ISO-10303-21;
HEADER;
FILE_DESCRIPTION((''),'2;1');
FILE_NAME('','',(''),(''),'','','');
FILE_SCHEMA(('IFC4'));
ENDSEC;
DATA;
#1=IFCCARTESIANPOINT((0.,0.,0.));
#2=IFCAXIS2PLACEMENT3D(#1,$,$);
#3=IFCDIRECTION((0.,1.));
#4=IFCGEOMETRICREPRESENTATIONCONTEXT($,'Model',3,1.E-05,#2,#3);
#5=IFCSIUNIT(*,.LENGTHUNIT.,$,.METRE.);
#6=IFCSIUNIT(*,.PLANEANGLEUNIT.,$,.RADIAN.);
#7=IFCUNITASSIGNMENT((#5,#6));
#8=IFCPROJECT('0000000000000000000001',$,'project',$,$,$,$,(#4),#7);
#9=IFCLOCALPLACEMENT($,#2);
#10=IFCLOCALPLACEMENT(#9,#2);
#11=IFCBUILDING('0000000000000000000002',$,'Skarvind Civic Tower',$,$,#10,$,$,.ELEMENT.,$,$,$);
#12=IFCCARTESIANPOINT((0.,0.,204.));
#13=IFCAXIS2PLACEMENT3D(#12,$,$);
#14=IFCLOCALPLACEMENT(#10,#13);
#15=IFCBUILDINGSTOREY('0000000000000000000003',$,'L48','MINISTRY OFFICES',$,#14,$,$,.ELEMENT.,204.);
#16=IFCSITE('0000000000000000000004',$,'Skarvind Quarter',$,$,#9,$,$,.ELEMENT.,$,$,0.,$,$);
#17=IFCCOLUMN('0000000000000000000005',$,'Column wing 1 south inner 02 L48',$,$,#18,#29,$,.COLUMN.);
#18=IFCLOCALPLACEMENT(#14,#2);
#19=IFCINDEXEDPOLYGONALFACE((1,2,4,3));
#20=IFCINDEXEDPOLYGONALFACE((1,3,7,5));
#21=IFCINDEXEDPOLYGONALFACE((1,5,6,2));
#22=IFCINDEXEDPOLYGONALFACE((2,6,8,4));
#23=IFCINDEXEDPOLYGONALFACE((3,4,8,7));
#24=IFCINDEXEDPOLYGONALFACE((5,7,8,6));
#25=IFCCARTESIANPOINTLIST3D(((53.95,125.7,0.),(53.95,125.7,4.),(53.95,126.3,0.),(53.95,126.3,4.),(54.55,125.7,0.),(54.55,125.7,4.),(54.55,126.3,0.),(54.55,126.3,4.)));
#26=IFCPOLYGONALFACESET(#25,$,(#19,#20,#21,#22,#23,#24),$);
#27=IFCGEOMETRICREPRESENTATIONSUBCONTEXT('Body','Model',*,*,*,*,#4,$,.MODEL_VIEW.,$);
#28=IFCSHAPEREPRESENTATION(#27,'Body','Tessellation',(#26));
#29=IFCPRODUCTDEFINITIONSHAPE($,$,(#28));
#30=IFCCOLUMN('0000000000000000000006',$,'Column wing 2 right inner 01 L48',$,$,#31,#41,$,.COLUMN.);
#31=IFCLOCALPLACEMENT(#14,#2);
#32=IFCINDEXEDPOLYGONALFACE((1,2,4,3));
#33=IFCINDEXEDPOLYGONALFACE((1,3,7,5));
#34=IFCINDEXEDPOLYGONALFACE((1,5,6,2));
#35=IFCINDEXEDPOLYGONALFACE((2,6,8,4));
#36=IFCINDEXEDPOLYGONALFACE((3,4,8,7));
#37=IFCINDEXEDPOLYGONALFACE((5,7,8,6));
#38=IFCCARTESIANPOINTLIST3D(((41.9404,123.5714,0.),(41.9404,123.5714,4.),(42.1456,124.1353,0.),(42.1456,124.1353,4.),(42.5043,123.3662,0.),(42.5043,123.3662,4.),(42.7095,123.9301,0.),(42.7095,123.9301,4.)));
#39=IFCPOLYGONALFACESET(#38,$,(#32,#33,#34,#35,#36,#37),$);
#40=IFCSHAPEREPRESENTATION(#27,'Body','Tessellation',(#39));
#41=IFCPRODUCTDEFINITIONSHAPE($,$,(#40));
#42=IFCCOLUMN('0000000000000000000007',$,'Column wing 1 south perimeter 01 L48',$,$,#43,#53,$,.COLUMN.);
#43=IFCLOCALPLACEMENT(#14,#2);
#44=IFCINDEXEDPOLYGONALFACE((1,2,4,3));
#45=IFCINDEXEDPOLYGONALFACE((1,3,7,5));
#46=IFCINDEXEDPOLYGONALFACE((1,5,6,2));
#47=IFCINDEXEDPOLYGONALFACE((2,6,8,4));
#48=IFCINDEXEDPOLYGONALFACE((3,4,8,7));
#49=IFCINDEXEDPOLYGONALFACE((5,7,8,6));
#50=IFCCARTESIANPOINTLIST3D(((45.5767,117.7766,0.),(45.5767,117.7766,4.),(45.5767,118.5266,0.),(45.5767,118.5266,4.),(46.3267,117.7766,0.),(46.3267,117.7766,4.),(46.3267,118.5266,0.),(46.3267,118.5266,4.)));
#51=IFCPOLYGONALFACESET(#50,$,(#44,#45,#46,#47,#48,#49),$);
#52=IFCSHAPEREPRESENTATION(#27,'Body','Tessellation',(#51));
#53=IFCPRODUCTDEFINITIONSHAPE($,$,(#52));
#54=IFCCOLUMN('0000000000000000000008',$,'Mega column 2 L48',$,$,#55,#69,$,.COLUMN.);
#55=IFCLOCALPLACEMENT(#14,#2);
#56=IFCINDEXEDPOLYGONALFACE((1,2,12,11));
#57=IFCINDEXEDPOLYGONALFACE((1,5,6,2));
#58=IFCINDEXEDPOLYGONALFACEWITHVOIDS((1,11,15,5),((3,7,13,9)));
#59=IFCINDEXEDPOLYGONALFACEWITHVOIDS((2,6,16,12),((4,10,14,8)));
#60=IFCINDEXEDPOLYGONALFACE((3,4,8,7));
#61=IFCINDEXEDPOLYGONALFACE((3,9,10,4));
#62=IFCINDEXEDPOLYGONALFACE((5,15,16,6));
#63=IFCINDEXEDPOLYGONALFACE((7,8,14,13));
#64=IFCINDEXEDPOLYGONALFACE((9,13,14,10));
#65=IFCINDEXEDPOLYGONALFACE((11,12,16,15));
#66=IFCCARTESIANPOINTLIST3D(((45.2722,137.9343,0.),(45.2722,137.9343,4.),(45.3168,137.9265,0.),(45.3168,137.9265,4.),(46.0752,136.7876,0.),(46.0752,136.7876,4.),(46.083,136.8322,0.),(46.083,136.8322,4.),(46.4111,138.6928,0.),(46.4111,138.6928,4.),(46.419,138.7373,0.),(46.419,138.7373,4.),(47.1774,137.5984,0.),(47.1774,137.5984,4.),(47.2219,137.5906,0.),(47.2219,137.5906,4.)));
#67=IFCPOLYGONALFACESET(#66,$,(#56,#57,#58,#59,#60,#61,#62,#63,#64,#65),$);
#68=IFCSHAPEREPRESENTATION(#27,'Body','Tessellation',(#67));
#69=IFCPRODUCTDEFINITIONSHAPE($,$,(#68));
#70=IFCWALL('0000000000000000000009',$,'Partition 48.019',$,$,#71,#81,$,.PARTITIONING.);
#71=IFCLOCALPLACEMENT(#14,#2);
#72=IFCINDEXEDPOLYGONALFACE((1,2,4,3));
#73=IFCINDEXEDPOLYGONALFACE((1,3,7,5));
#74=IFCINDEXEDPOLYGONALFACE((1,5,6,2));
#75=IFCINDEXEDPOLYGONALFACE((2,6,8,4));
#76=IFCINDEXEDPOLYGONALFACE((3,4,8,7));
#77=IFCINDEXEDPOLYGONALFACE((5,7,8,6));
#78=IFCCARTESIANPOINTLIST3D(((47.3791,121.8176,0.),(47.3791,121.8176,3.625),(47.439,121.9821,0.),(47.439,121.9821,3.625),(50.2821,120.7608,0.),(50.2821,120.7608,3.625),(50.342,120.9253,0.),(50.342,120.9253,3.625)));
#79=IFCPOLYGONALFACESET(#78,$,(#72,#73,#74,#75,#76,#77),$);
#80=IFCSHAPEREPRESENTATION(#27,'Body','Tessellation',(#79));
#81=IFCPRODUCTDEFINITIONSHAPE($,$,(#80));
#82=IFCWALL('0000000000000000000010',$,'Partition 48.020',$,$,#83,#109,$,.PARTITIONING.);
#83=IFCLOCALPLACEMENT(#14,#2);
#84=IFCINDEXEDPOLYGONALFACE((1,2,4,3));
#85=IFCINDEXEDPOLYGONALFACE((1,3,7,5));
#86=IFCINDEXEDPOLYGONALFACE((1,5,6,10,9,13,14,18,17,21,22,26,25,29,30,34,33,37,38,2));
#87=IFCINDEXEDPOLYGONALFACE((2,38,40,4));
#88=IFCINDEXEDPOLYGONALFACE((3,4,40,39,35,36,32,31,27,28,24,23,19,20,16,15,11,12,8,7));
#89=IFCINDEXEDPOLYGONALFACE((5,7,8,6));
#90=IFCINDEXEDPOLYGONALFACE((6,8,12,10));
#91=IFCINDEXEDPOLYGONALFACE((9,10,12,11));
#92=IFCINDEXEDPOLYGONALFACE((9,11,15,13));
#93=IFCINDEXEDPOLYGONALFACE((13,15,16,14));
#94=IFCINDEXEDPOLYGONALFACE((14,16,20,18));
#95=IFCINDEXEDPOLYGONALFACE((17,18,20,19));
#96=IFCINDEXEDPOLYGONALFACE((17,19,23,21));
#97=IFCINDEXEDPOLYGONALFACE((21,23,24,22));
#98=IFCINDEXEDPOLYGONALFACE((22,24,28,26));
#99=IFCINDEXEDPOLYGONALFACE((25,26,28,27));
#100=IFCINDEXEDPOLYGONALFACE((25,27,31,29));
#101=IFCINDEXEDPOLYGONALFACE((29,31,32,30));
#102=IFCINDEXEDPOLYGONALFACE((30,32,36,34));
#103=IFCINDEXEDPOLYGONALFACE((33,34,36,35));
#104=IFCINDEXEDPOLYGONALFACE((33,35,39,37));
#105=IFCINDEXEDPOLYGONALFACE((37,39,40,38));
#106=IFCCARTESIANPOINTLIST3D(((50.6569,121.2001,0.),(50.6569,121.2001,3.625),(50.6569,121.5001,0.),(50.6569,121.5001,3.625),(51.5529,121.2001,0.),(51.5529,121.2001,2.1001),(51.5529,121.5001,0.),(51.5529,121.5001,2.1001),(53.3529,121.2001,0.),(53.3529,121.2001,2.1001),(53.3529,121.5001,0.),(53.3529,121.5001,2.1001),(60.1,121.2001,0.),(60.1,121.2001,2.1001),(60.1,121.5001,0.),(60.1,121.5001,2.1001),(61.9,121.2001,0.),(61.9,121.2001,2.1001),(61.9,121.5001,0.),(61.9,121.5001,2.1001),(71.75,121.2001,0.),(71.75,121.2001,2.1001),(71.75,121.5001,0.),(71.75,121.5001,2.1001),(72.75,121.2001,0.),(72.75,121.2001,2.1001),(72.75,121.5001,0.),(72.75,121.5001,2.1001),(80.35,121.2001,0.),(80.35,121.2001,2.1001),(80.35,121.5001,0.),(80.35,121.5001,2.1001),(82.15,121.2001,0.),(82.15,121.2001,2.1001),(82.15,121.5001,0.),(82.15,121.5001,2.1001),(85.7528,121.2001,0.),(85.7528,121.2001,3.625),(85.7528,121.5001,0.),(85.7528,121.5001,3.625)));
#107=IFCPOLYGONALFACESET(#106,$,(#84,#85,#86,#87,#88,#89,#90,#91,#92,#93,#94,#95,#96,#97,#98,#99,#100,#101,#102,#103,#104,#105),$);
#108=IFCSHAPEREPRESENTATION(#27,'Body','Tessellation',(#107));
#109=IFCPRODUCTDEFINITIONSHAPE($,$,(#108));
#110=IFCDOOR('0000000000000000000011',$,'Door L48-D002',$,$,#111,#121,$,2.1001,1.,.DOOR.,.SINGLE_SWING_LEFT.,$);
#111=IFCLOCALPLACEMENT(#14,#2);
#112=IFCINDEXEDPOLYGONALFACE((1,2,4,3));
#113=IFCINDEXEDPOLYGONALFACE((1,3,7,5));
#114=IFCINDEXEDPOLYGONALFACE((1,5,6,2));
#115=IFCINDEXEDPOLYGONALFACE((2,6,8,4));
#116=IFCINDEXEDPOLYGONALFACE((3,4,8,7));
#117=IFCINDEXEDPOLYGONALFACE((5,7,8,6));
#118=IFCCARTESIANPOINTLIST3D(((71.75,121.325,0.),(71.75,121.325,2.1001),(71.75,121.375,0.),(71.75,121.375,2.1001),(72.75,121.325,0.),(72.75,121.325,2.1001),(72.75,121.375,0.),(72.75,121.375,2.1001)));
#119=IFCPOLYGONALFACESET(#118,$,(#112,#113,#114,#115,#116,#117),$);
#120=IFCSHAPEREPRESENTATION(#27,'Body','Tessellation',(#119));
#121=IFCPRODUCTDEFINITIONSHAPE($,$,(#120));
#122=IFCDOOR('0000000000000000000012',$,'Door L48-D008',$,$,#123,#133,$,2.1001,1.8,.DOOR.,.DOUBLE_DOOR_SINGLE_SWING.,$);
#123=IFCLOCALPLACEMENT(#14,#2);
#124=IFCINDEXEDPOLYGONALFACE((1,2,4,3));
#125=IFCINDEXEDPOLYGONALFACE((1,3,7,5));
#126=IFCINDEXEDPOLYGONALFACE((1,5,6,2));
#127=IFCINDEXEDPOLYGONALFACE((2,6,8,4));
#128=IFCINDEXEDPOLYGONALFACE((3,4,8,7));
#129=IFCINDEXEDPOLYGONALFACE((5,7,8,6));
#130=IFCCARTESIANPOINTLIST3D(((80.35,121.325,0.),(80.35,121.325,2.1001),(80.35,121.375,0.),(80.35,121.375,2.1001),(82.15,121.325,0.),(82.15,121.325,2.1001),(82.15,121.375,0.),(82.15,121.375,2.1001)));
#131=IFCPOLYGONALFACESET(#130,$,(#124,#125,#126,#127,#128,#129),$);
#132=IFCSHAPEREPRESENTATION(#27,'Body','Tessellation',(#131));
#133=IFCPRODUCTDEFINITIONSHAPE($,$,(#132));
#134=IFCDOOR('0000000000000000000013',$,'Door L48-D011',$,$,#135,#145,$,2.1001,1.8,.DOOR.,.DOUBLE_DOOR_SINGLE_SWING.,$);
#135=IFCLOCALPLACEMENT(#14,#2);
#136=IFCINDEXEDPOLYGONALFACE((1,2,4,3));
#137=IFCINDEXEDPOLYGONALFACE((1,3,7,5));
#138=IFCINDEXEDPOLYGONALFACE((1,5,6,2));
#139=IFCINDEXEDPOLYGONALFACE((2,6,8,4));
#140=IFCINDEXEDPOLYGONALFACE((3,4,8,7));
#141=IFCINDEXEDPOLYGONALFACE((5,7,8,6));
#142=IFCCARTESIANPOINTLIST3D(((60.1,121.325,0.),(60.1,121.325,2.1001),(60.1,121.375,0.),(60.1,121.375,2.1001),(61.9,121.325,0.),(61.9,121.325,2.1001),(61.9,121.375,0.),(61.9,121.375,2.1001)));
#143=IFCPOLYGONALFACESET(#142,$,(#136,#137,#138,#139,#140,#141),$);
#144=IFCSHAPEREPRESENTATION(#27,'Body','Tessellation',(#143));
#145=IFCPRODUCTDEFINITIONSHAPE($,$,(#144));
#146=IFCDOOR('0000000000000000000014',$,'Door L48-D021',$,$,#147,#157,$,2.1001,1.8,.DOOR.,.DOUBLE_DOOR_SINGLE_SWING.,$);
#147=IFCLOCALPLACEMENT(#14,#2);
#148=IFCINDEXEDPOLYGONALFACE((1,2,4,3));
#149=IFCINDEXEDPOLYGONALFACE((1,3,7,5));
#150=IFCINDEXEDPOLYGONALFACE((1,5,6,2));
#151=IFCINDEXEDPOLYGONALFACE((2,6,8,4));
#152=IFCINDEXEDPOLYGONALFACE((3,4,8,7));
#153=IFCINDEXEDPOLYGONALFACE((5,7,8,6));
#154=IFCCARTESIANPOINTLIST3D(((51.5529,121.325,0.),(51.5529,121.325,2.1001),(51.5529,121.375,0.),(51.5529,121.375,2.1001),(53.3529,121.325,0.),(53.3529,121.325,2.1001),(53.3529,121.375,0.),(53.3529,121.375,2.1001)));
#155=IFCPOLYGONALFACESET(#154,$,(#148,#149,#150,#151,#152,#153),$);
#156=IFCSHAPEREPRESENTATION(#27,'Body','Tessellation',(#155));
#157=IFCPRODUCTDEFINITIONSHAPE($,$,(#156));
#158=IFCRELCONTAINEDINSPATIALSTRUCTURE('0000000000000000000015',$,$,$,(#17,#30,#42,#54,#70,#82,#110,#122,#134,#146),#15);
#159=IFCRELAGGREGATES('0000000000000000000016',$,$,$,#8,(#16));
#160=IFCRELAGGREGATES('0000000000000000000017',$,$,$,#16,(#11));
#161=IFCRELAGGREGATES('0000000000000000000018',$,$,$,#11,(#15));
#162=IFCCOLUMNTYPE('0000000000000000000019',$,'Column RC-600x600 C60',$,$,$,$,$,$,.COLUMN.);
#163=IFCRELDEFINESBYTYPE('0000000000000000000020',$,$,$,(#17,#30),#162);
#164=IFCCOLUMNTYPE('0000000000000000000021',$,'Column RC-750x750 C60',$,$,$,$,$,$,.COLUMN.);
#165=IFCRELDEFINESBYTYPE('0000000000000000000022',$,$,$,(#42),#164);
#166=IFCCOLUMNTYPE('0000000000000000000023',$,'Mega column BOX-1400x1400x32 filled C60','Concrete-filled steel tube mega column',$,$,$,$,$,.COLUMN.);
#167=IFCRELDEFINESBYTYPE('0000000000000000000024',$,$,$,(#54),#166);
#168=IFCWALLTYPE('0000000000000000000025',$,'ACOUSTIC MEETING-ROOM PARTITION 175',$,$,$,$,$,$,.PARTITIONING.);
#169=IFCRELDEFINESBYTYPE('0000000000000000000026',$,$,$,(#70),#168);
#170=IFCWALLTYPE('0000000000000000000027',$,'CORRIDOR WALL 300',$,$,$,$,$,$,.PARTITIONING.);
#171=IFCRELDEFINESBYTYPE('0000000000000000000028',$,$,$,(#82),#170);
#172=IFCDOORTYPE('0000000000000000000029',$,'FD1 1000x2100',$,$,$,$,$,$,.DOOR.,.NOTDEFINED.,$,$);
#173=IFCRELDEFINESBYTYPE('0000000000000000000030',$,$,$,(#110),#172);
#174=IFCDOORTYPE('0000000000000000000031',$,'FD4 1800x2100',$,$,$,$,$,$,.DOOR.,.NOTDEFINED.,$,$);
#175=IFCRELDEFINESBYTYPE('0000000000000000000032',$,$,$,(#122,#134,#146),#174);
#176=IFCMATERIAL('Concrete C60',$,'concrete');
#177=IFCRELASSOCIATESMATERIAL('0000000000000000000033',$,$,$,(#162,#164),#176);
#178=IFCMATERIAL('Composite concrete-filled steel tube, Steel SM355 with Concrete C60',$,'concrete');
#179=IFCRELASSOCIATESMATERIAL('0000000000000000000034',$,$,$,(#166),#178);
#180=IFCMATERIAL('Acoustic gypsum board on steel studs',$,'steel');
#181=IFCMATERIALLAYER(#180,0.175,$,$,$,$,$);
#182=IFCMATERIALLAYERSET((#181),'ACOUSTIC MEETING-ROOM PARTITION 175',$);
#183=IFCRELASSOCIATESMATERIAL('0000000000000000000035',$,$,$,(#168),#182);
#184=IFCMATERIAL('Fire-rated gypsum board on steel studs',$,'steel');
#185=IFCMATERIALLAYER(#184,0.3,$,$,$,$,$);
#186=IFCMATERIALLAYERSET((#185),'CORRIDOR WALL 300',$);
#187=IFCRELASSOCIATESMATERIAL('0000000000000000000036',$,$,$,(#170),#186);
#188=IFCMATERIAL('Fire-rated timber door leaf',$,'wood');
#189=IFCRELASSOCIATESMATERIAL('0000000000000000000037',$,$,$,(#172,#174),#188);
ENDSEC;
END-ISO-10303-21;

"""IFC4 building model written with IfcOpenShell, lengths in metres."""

from ifc_helpers import new_model, si_unit, direction, frame, frame_2d, origin, origin_2d, place, context, subcontext, project, spatial, rectangle, hollow_rectangle, extrude, material, layer, layer_set, material_profile, profile_set, type_object, element, fill, save


model = new_model("IFC4")

# Units and contexts
model_context = context("Model", 3, precision=1e-05, world=origin(), true_north=direction((0.0, 1.0)))
body_context = subcontext(model_context, "Body", "Model", "MODEL_VIEW")
ifc_project = project(units=[si_unit("LENGTHUNIT", "METRE"), si_unit("PLANEANGLEUNIT", "RADIAN")], contexts=[model_context])

# Site, building, storey
site_placement = place(None, origin())
site = spatial("IfcSite", under=ifc_project, at=site_placement, Name="Skarvind Quarter", CompositionType="ELEMENT", RefElevation=0.0)
building_placement = place(site_placement, origin())
building = spatial("IfcBuilding", under=site, at=building_placement, Name="Skarvind Civic Tower", CompositionType="ELEMENT")
storey_placement = place(building_placement, frame((0.0, 0.0, 204.0)))
storey = spatial("IfcBuildingStorey", under=building, at=storey_placement, Name="L48", Description="MINISTRY OFFICES", CompositionType="ELEMENT", Elevation=204.0)

# Columns
ifc_material_1 = material(Name="Concrete C60", Category="concrete")
ifc_material_profile_1 = material_profile(ifc_material_1, rectangle(XDim=0.6001, YDim=0.6001, at=origin_2d()), Name="RC-600x600")
ifc_profile_set_1 = profile_set([ifc_material_profile_1], Name="Concrete C60")
column_type_1 = type_object("IfcColumnType", Name="Column RC-600x600 C60", PredefinedType="COLUMN", material=ifc_profile_set_1)
for number, where, z_axis, x_axis, name in (
    (1, (54.25, 126.0, 0.0), (0.0, 0.0, 1.0), (1.0, 0.0, 0.0), "Column wing 1 south inner 02 L48"),
    (2, (42.325, 123.7507, 0.0), (0.0, 0.0, 1.0), (-0.34202, -0.939693, 0.0), "Column wing 2 right inner 01 L48"),
):
    element("IfcColumn", number, at=place(storey_placement, frame(where, z_axis=z_axis, x_axis=x_axis)), inside=storey, type_object=column_type_1, Name=name, PredefinedType="COLUMN", context=body_context, shape_type="SweptSolid", body=[
        extrude(rectangle(XDim=0.6001, YDim=0.6001, at=origin_2d()), origin(), (0.0, 0.0, 1.0), 4.0),
    ])
ifc_material_profile_2 = material_profile(ifc_material_1, rectangle(XDim=0.75, YDim=0.75, at=origin_2d()), Name="RC-750x750")
ifc_profile_set_2 = profile_set([ifc_material_profile_2], Name="Concrete C60")
column_type_2 = type_object("IfcColumnType", Name="Column RC-750x750 C60", PredefinedType="COLUMN", material=ifc_profile_set_2)
column_1_placement = place(storey_placement, frame((45.9517, 118.1516, 0.0), z_axis=(0.0, 0.0, 1.0), x_axis=(1.0, 0.0, 0.0)))
element("IfcColumn", 3, at=column_1_placement, inside=storey, type_object=column_type_2, Name="Column wing 1 south perimeter 01 L48", PredefinedType="COLUMN", context=body_context, shape_type="SweptSolid", body=[
    extrude(rectangle(XDim=0.75, YDim=0.75, at=origin_2d()), origin(), (0.0, 0.0, 1.0), 4.0),
])
ifc_material_2 = material(Name="Composite concrete-filled steel tube, Steel SM355 with Concrete C60", Category="concrete")
ifc_material_profile_3 = material_profile(ifc_material_2, hollow_rectangle(XDim=1.3999, YDim=1.3999, WallThickness=0.032, at=origin_2d()), Name="BOX-1400x1400x32")
ifc_profile_set_3 = profile_set([ifc_material_profile_3], Name="Composite concrete-filled steel tube, Steel SM355 with Concrete C60")
column_type_3 = type_object("IfcColumnType", Name="Mega column BOX-1400x1400x32 filled C60", Description="Concrete-filled steel tube mega column", PredefinedType="COLUMN", material=ifc_profile_set_3)
column_2_placement = place(storey_placement, frame((46.2471, 137.7625, 0.0), z_axis=(0.0, 0.0, 1.0), x_axis=(0.573576, -0.819152, 0.0)))
element("IfcColumn", 4, at=column_2_placement, inside=storey, type_object=column_type_3, Name="Mega column 2 L48", PredefinedType="COLUMN", context=body_context, shape_type="SweptSolid", body=[
    extrude(hollow_rectangle(XDim=1.3999, YDim=1.3999, WallThickness=0.032, at=origin_2d()), origin(), (0.0, 0.0, 1.0), 4.0),
])

# Wall
ifc_material_3 = material(Name="Acoustic gypsum board on steel studs", Category="steel")
ifc_layer_1 = layer(ifc_material_3, 0.175)
ifc_layer_set_1 = layer_set([ifc_layer_1], Name="ACOUSTIC MEETING-ROOM PARTITION 175")
wall_type_1 = type_object("IfcWallType", Name="ACOUSTIC MEETING-ROOM PARTITION 175", PredefinedType="PARTITIONING", material=ifc_layer_set_1)
wall_1_placement = place(storey_placement, frame((50.312, 120.843, 0.0), z_axis=(0.0, 0.0, 1.0), x_axis=(-0.939666, 0.342092, 0.0)))
element("IfcWall", 5, at=wall_1_placement, inside=storey, type_object=wall_type_1, Name="Partition 48.019", PredefinedType="PARTITIONING", context=body_context, shape_type="SweptSolid", body=[
    extrude(rectangle(XDim=3.0894, YDim=0.175, at=frame_2d((1.5447, 0.0))), origin(), (0.0, 0.0, 1.0), 3.625),
])

# Wall, openings, doors
ifc_material_4 = material(Name="Fire-rated gypsum board on steel studs", Category="steel")
ifc_layer_2 = layer(ifc_material_4, 0.3)
ifc_layer_set_2 = layer_set([ifc_layer_2], Name="CORRIDOR WALL 300")
wall_type_2 = type_object("IfcWallType", Name="CORRIDOR WALL 300", PredefinedType="PARTITIONING", material=ifc_layer_set_2)
wall_2_placement = place(storey_placement, frame((50.657, 121.3501, 0.0), z_axis=(0.0, 0.0, 1.0), x_axis=(1.0, 0.0, 0.0)))
wall_2 = element("IfcWall", 6, at=wall_2_placement, inside=storey, type_object=wall_type_2, Name="Partition 48.020", PredefinedType="PARTITIONING", context=body_context, shape_type="SweptSolid", body=[
    extrude(rectangle(XDim=35.0959, YDim=0.3, at=frame_2d((17.5479, 0.0))), origin(), (0.0, 0.0, 1.0), 3.625),
])
opening_1_placement = place(wall_2_placement, frame((21.093, 0.0, 0.0)))
opening_1 = element("IfcOpeningElement", 7, at=opening_1_placement, cuts=wall_2, PredefinedType="OPENING", context=body_context, shape_type="SweptSolid", body=[
    extrude(rectangle(XDim=1.0, YDim=2.1001, at=frame_2d((0.5, 1.05))), frame((0.0, 0.1599, 0.0), z_axis=(0.0, -1.0, 0.0), x_axis=(1.0, 0.0, 0.0)), (0.0, 0.0, 1.0), 0.3201),
])
opening_2_placement = place(wall_2_placement, frame((29.6931, 0.0, 0.0)))
opening_2 = element("IfcOpeningElement", 8, at=opening_2_placement, cuts=wall_2, PredefinedType="OPENING", context=body_context, shape_type="SweptSolid", body=[
    extrude(rectangle(XDim=1.8, YDim=2.1001, at=frame_2d((0.8999, 1.05))), frame((0.0, 0.1599, 0.0), z_axis=(0.0, -1.0, 0.0), x_axis=(1.0, 0.0, 0.0)), (0.0, 0.0, 1.0), 0.3201),
])
opening_3_placement = place(wall_2_placement, frame((9.4431, 0.0, 0.0)))
opening_3 = element("IfcOpeningElement", 9, at=opening_3_placement, cuts=wall_2, PredefinedType="OPENING", context=body_context, shape_type="SweptSolid", body=[
    extrude(rectangle(XDim=1.8, YDim=2.1001, at=frame_2d((0.8999, 1.05))), frame((0.0, 0.1599, 0.0), z_axis=(0.0, -1.0, 0.0), x_axis=(1.0, 0.0, 0.0)), (0.0, 0.0, 1.0), 0.3201),
])
opening_4_placement = place(wall_2_placement, frame((0.896, 0.0, 0.0)))
opening_4 = element("IfcOpeningElement", 10, at=opening_4_placement, cuts=wall_2, PredefinedType="OPENING", context=body_context, shape_type="SweptSolid", body=[
    extrude(rectangle(XDim=1.8, YDim=2.1001, at=frame_2d((0.8999, 1.05))), frame((0.0, 0.1599, 0.0), z_axis=(0.0, -1.0, 0.0), x_axis=(1.0, 0.0, 0.0)), (0.0, 0.0, 1.0), 0.3201),
])
ifc_material_5 = material(Name="Fire-rated timber door leaf", Category="wood")
door_type_1 = type_object("IfcDoorType", Name="FD1 1000x2100", OperationType="NOTDEFINED", PredefinedType="DOOR", material=ifc_material_5)
door_1_placement = place(opening_1_placement, origin())
door_1 = element("IfcDoor", 11, at=door_1_placement, inside=storey, type_object=door_type_1, Name="Door L48-D002", OperationType="SINGLE_SWING_LEFT", OverallHeight=2.1001, OverallWidth=1.0, PredefinedType="DOOR", context=body_context, shape_type="SweptSolid", body=[
    extrude(rectangle(XDim=1.0, YDim=2.1001, at=frame_2d((0.5, 1.05))), frame((0.0, 0.0249, 0.0), z_axis=(0.0, -1.0, 0.0), x_axis=(1.0, 0.0, 0.0)), (0.0, 0.0, 1.0), 0.05),
])
fill(opening_1, door_1)
door_type_2 = type_object("IfcDoorType", Name="FD4 1800x2100", OperationType="NOTDEFINED", PredefinedType="DOOR", material=ifc_material_5)
door_2_placement = place(opening_2_placement, origin())
door_2 = element("IfcDoor", 12, at=door_2_placement, inside=storey, type_object=door_type_2, Name="Door L48-D008", OperationType="DOUBLE_DOOR_SINGLE_SWING", OverallHeight=2.1001, OverallWidth=1.8, PredefinedType="DOOR", context=body_context, shape_type="SweptSolid", body=[
    extrude(rectangle(XDim=1.8, YDim=2.1001, at=frame_2d((0.8999, 1.05))), frame((0.0, 0.0249, 0.0), z_axis=(0.0, -1.0, 0.0), x_axis=(1.0, 0.0, 0.0)), (0.0, 0.0, 1.0), 0.05),
])
fill(opening_2, door_2)
door_3_placement = place(opening_3_placement, origin())
door_3 = element("IfcDoor", 13, at=door_3_placement, inside=storey, type_object=door_type_2, Name="Door L48-D011", OperationType="DOUBLE_DOOR_SINGLE_SWING", OverallHeight=2.1001, OverallWidth=1.8, PredefinedType="DOOR", context=body_context, shape_type="SweptSolid", body=[
    extrude(rectangle(XDim=1.8, YDim=2.1001, at=frame_2d((0.8999, 1.05))), frame((0.0, 0.0249, 0.0), z_axis=(0.0, -1.0, 0.0), x_axis=(1.0, 0.0, 0.0)), (0.0, 0.0, 1.0), 0.05),
])
fill(opening_3, door_3)
door_4_placement = place(opening_4_placement, origin())
door_4 = element("IfcDoor", 14, at=door_4_placement, inside=storey, type_object=door_type_2, Name="Door L48-D021", OperationType="DOUBLE_DOOR_SINGLE_SWING", OverallHeight=2.1001, OverallWidth=1.8, PredefinedType="DOOR", context=body_context, shape_type="SweptSolid", body=[
    extrude(rectangle(XDim=1.8, YDim=2.1001, at=frame_2d((0.8999, 1.05))), frame((0.0, 0.0249, 0.0), z_axis=(0.0, -1.0, 0.0), x_axis=(1.0, 0.0, 0.0)), (0.0, 0.0, 1.0), 0.05),
])
fill(opening_4, door_4)

save(model, "model.ifc")
